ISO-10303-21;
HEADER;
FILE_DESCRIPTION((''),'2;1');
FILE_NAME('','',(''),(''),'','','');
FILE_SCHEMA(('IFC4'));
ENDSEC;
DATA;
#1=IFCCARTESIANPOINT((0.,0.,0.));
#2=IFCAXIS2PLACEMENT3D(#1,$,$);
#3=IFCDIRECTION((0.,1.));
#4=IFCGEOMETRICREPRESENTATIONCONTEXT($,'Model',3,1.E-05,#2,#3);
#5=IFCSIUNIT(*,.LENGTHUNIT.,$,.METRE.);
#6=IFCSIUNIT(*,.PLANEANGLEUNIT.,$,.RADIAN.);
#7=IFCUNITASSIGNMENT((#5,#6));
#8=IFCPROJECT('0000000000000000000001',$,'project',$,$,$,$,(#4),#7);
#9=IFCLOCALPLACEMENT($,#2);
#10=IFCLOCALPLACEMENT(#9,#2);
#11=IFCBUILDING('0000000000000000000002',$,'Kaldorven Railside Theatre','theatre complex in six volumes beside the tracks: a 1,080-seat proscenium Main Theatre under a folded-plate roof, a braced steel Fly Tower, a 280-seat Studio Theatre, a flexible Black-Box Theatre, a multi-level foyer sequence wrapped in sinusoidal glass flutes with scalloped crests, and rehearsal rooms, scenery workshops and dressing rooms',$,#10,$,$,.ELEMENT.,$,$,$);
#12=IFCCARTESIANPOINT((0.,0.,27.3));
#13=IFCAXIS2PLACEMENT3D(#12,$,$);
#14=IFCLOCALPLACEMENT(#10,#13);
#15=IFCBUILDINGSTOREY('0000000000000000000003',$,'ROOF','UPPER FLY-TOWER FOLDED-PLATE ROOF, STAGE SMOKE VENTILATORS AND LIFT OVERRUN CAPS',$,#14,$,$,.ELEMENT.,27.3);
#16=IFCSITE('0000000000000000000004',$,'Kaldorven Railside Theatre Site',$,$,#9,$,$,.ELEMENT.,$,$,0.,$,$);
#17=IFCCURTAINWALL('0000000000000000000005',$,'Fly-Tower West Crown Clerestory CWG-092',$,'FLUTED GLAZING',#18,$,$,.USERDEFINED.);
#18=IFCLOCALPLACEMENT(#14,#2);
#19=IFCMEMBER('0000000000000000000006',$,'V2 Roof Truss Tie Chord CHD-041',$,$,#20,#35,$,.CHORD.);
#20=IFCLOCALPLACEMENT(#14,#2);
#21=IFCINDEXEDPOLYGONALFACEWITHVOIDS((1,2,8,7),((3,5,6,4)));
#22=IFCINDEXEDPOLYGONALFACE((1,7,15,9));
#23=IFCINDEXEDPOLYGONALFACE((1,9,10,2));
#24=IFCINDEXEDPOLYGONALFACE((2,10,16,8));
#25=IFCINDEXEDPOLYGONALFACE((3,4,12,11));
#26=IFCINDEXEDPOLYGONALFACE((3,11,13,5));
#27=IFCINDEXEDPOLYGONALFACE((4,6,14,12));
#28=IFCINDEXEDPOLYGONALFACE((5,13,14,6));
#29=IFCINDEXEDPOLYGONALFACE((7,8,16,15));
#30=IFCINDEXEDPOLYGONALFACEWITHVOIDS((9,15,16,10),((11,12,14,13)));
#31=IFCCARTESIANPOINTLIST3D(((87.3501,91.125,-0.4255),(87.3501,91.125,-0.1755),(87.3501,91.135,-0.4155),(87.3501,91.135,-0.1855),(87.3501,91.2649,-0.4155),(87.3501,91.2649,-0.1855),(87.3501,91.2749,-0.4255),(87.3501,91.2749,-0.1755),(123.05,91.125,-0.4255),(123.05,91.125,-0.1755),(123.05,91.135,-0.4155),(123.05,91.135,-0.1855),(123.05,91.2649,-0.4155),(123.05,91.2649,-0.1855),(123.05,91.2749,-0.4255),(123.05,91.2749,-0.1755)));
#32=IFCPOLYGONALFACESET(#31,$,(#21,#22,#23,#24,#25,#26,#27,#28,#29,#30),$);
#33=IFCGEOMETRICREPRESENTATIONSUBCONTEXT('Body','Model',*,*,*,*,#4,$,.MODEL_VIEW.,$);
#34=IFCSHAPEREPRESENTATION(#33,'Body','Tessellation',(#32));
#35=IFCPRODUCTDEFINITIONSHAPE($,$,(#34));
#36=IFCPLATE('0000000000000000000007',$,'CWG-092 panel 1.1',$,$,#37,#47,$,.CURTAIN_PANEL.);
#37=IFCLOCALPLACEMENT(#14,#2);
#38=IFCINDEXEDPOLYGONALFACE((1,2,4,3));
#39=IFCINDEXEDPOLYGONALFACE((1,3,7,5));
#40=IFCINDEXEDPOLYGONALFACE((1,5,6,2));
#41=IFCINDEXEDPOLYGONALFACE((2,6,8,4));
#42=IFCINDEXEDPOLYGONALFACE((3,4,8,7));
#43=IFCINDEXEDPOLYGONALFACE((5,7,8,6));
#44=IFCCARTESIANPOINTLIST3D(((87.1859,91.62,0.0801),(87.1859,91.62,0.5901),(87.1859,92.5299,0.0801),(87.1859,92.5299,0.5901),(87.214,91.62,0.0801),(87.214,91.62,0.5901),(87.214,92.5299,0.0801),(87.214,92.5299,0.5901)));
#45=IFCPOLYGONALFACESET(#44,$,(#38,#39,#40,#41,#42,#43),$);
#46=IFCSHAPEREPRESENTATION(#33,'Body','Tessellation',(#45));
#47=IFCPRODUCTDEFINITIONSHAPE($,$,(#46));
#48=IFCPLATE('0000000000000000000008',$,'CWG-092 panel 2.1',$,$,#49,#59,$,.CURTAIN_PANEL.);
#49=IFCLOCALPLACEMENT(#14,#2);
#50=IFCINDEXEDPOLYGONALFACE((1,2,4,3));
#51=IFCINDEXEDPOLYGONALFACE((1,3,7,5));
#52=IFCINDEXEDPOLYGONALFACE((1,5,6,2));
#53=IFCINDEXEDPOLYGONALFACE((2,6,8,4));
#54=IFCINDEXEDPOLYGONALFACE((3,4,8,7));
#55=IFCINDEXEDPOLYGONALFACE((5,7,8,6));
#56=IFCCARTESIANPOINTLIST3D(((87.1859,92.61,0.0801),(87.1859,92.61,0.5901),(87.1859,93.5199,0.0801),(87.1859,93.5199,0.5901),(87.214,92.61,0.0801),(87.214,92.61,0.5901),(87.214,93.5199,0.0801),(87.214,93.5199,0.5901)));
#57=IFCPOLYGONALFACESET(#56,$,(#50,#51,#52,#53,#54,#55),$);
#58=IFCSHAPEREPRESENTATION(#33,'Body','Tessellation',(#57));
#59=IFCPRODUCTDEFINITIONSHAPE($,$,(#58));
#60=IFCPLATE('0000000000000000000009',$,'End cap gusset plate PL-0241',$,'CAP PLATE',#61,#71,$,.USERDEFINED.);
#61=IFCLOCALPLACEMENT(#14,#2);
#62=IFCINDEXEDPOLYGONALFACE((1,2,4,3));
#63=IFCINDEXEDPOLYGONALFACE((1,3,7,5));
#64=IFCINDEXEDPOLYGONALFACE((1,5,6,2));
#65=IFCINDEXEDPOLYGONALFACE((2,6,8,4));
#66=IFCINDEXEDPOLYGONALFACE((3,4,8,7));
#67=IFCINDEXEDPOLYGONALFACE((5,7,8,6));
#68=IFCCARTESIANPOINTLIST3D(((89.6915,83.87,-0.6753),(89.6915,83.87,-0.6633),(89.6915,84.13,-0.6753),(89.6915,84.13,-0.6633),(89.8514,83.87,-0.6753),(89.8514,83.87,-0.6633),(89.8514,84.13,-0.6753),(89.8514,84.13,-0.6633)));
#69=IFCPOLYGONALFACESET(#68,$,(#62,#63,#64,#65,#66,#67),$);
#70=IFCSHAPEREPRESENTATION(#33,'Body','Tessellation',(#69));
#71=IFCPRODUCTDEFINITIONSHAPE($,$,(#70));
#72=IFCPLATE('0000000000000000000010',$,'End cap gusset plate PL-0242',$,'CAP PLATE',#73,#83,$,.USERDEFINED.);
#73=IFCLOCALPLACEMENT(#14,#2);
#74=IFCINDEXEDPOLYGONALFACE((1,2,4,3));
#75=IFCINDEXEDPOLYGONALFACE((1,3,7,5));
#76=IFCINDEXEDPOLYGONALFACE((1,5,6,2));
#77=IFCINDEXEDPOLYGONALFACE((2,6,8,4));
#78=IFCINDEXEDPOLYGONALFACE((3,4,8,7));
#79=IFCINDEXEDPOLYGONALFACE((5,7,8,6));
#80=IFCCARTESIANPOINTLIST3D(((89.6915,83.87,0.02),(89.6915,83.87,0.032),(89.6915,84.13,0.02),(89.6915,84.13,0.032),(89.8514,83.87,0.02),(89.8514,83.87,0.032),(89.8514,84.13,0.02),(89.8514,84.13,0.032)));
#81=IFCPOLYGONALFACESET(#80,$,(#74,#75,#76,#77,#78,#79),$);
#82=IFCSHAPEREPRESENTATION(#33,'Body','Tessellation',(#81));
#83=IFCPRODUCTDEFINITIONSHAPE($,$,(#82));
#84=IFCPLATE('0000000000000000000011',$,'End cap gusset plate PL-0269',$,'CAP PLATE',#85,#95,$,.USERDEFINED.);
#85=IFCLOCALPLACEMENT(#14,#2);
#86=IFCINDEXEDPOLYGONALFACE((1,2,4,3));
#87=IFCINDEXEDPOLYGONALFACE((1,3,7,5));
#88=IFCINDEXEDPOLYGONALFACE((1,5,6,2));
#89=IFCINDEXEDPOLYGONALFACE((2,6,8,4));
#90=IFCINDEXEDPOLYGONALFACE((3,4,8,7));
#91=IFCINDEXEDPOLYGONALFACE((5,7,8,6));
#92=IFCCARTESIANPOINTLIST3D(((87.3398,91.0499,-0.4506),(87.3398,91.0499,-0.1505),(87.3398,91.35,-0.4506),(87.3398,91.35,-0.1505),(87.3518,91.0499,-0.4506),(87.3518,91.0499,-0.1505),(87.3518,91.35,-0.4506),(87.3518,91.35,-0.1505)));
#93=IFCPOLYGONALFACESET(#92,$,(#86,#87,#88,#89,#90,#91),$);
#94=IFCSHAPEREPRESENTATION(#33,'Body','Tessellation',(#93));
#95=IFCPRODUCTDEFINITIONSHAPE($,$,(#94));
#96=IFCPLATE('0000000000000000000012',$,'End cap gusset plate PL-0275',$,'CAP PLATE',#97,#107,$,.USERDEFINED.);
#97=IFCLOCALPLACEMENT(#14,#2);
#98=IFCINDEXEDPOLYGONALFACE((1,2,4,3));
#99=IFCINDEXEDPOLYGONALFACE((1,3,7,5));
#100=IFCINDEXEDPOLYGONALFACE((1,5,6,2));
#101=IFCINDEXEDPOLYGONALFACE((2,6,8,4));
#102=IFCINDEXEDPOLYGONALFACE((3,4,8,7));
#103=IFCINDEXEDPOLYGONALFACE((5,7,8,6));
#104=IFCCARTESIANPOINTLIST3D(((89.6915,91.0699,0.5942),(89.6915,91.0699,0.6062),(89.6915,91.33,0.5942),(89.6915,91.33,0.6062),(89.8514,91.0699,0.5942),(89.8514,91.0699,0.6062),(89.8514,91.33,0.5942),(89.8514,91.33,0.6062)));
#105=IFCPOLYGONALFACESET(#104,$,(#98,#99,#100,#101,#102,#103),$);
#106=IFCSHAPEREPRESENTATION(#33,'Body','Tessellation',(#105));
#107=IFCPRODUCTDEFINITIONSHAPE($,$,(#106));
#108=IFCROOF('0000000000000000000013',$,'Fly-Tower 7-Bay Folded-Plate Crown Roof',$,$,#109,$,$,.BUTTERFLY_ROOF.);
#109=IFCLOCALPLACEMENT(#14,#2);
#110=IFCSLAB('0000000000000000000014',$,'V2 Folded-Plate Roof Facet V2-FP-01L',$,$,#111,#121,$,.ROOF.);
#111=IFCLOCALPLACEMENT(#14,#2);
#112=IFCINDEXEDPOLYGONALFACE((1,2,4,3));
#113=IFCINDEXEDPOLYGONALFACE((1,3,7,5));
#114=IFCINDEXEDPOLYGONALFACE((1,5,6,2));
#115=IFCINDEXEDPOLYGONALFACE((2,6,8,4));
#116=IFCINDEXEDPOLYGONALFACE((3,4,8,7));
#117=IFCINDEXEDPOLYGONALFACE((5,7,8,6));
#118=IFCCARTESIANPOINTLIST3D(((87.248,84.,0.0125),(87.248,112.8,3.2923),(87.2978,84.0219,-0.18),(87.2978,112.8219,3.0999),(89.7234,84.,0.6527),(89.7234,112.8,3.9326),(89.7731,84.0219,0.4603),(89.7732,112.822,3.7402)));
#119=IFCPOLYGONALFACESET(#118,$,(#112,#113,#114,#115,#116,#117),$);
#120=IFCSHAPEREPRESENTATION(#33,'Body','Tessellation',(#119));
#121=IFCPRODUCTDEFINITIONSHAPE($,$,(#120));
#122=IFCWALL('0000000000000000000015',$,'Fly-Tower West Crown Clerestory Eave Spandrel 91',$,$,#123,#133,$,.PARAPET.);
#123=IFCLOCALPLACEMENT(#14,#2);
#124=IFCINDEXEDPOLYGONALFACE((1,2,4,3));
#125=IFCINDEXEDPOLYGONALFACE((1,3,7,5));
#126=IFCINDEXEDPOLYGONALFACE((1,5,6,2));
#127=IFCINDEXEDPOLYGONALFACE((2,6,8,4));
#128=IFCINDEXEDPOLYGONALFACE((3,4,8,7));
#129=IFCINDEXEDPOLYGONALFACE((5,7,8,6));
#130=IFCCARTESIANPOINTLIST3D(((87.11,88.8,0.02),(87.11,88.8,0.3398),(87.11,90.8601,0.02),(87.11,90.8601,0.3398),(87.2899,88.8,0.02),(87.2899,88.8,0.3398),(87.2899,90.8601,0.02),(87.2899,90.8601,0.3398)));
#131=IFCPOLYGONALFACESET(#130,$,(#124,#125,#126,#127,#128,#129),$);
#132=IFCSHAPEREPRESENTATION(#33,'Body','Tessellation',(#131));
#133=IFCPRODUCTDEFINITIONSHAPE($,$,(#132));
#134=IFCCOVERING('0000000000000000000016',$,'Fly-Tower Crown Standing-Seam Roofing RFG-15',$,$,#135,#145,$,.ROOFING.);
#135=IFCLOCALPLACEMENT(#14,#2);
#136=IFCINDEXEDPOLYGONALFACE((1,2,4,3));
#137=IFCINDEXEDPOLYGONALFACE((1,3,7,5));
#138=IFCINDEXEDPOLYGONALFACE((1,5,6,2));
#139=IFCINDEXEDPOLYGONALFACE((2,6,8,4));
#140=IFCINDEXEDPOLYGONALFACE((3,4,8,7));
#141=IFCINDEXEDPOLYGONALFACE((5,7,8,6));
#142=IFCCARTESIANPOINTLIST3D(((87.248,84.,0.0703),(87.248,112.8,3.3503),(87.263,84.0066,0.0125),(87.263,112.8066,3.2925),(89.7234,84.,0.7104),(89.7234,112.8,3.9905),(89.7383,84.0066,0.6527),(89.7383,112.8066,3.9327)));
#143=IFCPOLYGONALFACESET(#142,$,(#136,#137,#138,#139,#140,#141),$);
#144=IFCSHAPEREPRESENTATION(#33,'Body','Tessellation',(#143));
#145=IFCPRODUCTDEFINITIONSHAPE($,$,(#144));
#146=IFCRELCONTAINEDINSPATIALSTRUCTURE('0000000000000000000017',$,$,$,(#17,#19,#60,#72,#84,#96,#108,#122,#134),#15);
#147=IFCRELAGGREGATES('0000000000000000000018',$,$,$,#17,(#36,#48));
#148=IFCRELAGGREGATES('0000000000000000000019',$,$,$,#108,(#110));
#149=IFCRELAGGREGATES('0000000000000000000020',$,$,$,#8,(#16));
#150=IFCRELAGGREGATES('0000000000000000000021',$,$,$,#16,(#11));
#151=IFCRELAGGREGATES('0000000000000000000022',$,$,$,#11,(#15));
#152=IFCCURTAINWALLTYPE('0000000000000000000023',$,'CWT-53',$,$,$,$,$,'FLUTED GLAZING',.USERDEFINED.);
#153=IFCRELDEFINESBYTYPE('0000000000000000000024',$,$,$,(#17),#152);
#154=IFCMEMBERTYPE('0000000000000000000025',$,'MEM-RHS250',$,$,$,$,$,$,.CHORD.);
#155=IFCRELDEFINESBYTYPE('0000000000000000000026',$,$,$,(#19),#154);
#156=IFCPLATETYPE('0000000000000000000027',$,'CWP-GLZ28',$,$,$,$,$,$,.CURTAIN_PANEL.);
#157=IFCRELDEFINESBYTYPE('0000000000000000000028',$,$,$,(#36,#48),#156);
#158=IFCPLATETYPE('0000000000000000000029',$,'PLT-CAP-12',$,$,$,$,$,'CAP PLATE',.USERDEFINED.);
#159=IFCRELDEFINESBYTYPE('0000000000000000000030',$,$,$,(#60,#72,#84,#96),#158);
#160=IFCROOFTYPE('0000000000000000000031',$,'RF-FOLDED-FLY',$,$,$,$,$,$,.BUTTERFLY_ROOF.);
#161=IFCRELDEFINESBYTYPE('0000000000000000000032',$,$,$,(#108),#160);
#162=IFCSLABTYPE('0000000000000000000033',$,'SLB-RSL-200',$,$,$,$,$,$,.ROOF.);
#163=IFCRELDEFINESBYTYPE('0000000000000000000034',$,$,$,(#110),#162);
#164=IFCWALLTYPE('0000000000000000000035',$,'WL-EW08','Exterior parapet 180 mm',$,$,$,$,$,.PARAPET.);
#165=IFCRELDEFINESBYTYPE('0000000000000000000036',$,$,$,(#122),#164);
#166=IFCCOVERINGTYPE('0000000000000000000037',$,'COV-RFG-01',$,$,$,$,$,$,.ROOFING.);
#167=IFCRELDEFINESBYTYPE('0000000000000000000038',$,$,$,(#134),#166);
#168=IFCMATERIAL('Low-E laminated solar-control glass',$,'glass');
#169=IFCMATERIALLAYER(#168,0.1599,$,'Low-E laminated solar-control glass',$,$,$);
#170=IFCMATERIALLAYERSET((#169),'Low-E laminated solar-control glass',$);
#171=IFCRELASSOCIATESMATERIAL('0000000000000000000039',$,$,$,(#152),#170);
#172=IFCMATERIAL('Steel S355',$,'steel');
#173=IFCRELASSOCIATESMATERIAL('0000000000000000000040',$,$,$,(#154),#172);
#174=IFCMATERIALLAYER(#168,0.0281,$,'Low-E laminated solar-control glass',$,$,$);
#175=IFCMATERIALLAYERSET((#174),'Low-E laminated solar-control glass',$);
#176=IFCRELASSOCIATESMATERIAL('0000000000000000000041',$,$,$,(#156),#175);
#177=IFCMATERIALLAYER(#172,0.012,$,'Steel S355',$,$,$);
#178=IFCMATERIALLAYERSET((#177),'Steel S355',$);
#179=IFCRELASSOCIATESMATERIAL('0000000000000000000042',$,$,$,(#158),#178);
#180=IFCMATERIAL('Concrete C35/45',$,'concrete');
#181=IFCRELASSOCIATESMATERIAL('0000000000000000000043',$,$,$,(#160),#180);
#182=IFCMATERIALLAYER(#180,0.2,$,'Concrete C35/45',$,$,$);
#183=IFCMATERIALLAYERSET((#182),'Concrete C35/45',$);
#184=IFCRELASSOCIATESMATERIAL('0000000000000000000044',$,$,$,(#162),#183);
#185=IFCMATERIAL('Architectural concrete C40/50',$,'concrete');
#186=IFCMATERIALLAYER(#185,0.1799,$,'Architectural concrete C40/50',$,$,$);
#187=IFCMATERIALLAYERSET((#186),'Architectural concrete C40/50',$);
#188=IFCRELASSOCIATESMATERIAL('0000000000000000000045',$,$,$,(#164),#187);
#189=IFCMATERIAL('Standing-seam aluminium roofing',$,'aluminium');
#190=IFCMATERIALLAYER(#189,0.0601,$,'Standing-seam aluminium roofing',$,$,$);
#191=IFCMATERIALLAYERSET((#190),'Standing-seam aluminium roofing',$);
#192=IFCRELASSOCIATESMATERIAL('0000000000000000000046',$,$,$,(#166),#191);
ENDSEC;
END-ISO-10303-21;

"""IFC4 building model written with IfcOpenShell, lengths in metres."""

from ifc_helpers import new_model, si_unit, direction, frame, frame_2d, origin, origin_2d, place, context, subcontext, project, spatial, polyline, rectangle, hollow_rectangle, outline, extrude, material, layer, layer_set, material_profile, profile_set, type_object, element, aggregate, save


model = new_model("IFC4")

# Units and contexts
model_context = context("Model", 3, precision=1e-05, world=origin(), true_north=direction((0.0, 1.0)))
body_context = subcontext(model_context, "Body", "Model", "MODEL_VIEW")
ifc_project = project(units=[si_unit("LENGTHUNIT", "METRE"), si_unit("PLANEANGLEUNIT", "RADIAN")], contexts=[model_context])

# Site, building, storey
site_placement = place(None, origin())
site = spatial("IfcSite", under=ifc_project, at=site_placement, Name="Kaldorven Railside Theatre Site", CompositionType="ELEMENT", RefElevation=0.0)
building_placement = place(site_placement, origin())
building = spatial("IfcBuilding", under=site, at=building_placement, Name="Kaldorven Railside Theatre", Description="theatre complex in six volumes beside the tracks: a 1,080-seat proscenium Main Theatre under a folded-plate roof, a braced steel Fly Tower, a 280-seat Studio Theatre, a flexible Black-Box Theatre, a multi-level foyer sequence wrapped in sinusoidal glass flutes with scalloped crests, and rehearsal rooms, scenery workshops and dressing rooms", CompositionType="ELEMENT")
storey_placement = place(building_placement, frame((0.0, 0.0, 27.3)))
storey = spatial("IfcBuildingStorey", under=building, at=storey_placement, Name="ROOF", Description="UPPER FLY-TOWER FOLDED-PLATE ROOF, STAGE SMOKE VENTILATORS AND LIFT OVERRUN CAPS", CompositionType="ELEMENT", Elevation=27.3)

# Shared definitions
ifc_material_1 = material(Name="Steel S355", Category="steel")

# Curtain wall
ifc_material_2 = material(Name="Low-E laminated solar-control glass", Category="glass")
ifc_layer_1 = layer(ifc_material_2, 0.1599, Name="Low-E laminated solar-control glass")
ifc_layer_set_1 = layer_set([ifc_layer_1], Name="Low-E laminated solar-control glass")
curtain_wall_type_1 = type_object("IfcCurtainWallType", Name="CWT-53", ElementType="FLUTED GLAZING", PredefinedType="USERDEFINED", material=ifc_layer_set_1)
curtain_wall_1_placement = place(storey_placement, origin())
curtain_wall_1 = element("IfcCurtainWall", 1, at=curtain_wall_1_placement, inside=storey, type_object=curtain_wall_type_1, Name="Fly-Tower West Crown Clerestory CWG-092", ObjectType="FLUTED GLAZING", PredefinedType="USERDEFINED")

# Member
ifc_material_profile_1 = material_profile(ifc_material_1, hollow_rectangle(XDim=0.1499, YDim=0.25, WallThickness=0.01, at=origin_2d()), Name="RHS 250x150x10")
ifc_profile_set_1 = profile_set([ifc_material_profile_1], Name="Steel S355")
member_type_1 = type_object("IfcMemberType", Name="MEM-RHS250", PredefinedType="CHORD", material=ifc_profile_set_1)
member_1_placement = place(storey_placement, frame((87.3501, 91.2, -0.3005), z_axis=(1.0, 0.0, 0.0), x_axis=(0.0, 1.0, 0.0)))
element("IfcMember", 2, at=member_1_placement, inside=storey, type_object=member_type_1, Name="V2 Roof Truss Tie Chord CHD-041", PredefinedType="CHORD", context=body_context, shape_type="SweptSolid", body=[
    extrude(hollow_rectangle(XDim=0.1499, YDim=0.25, WallThickness=0.01, at=origin_2d()), origin(), (0.0, 0.0, 1.0), 35.7),
])

# Plates
ifc_layer_2 = layer(ifc_material_2, 0.0281, Name="Low-E laminated solar-control glass")
ifc_layer_set_2 = layer_set([ifc_layer_2], Name="Low-E laminated solar-control glass")
plate_type_1 = type_object("IfcPlateType", Name="CWP-GLZ28", PredefinedType="CURTAIN_PANEL", material=ifc_layer_set_2)
plate_1_placement = place(storey_placement, frame((87.2, 92.075, 0.0801), z_axis=(0.0, 0.0, 1.0), x_axis=(0.0, 1.0, 0.0)))
plate_1 = element("IfcPlate", 3, at=plate_1_placement, type_object=plate_type_1, Name="CWG-092 panel 1.1", PredefinedType="CURTAIN_PANEL", context=body_context, shape_type="SweptSolid", body=[
    extrude(rectangle(XDim=0.9099, YDim=0.0281, at=origin_2d()), origin(), (0.0, 0.0, 1.0), 0.51),
])
plate_2_placement = place(storey_placement, frame((87.2, 93.0649, 0.0801), z_axis=(0.0, 0.0, 1.0), x_axis=(0.0, 1.0, 0.0)))
plate_2 = element("IfcPlate", 4, at=plate_2_placement, type_object=plate_type_1, Name="CWG-092 panel 2.1", PredefinedType="CURTAIN_PANEL", context=body_context, shape_type="SweptSolid", body=[
    extrude(rectangle(XDim=0.9099, YDim=0.0281, at=origin_2d()), origin(), (0.0, 0.0, 1.0), 0.51),
])
aggregate(curtain_wall_1, [plate_1, plate_2])

# Plates
ifc_layer_3 = layer(ifc_material_1, 0.012, Name="Steel S355")
ifc_layer_set_3 = layer_set([ifc_layer_3], Name="Steel S355")
plate_type_2 = type_object("IfcPlateType", Name="PLT-CAP-12", ElementType="CAP PLATE", PredefinedType="USERDEFINED", material=ifc_layer_set_3)
for number, where, z_axis, x_axis, name in (
    (5, (89.7715, 84.0, -0.6753), (0.0, 0.0, 1.0), (1.0, 0.0, 0.0), "End cap gusset plate PL-0241"),
    (6, (89.7715, 84.0, 0.02), (0.0, 0.0, 1.0), (1.0, 0.0, 0.0), "End cap gusset plate PL-0242"),
):
    element("IfcPlate", number, at=place(storey_placement, frame(where, z_axis=z_axis, x_axis=x_axis)), inside=storey, type_object=plate_type_2, Name=name, ObjectType="CAP PLATE", PredefinedType="USERDEFINED", context=body_context, shape_type="SweptSolid", body=[
        extrude(rectangle(XDim=0.1599, YDim=0.26, at=origin_2d()), origin(), (0.0, 0.0, 1.0), 0.012),
    ])
plate_3_placement = place(storey_placement, frame((87.3398, 91.2, -0.3005), z_axis=(1.0, 0.0, 0.0), x_axis=(0.0, 1.0, 0.0)))
element("IfcPlate", 7, at=plate_3_placement, inside=storey, type_object=plate_type_2, Name="End cap gusset plate PL-0269", ObjectType="CAP PLATE", PredefinedType="USERDEFINED", context=body_context, shape_type="SweptSolid", body=[
    extrude(rectangle(XDim=0.3, YDim=0.3, at=origin_2d()), origin(), (0.0, 0.0, 1.0), 0.012),
])
plate_4_placement = place(storey_placement, frame((89.7715, 91.2, 0.5942), z_axis=(0.0, 0.0, 1.0), x_axis=(1.0, 0.0, 0.0)))
element("IfcPlate", 8, at=plate_4_placement, inside=storey, type_object=plate_type_2, Name="End cap gusset plate PL-0275", ObjectType="CAP PLATE", PredefinedType="USERDEFINED", context=body_context, shape_type="SweptSolid", body=[
    extrude(rectangle(XDim=0.1599, YDim=0.26, at=origin_2d()), origin(), (0.0, 0.0, 1.0), 0.012),
])

# Roof, slab
ifc_material_3 = material(Name="Concrete C35/45", Category="concrete")
roof_type = type_object("IfcRoofType", Name="RF-FOLDED-FLY", PredefinedType="BUTTERFLY_ROOF", material=ifc_material_3)
roof_placement = place(storey_placement, origin())
roof = element("IfcRoof", 9, at=roof_placement, inside=storey, type_object=roof_type, Name="Fly-Tower 7-Bay Folded-Plate Crown Roof", PredefinedType="BUTTERFLY_ROOF")
ifc_layer_4 = layer(ifc_material_3, 0.2, Name="Concrete C35/45")
ifc_layer_set_4 = layer_set([ifc_layer_4], Name="Concrete C35/45")
slab_type = type_object("IfcSlabType", Name="SLB-RSL-200", PredefinedType="ROOF", material=ifc_layer_set_4)
slab_placement = place(storey_placement, frame((87.248, 84.0, 0.0125), z_axis=(-0.248905, -0.109593, 0.962307), x_axis=(0.968139, -0.000005, 0.250413)))
slab = element("IfcSlab", 10, at=slab_placement, type_object=slab_type, Name="V2 Folded-Plate Roof Facet V2-FP-01L", PredefinedType="ROOF", context=body_context, shape_type="SweptSolid", body=[
    extrude(outline(polyline([(0.0, 0.0), (2.5568, 0.0), (3.378, 28.9746), (0.8212, 28.9746), (0.0, 0.0)])), origin(), (0.0, 0.0, -1.0), 0.2),
])
aggregate(roof, [slab])

# Wall
ifc_material_4 = material(Name="Architectural concrete C40/50", Category="concrete")
ifc_layer_5 = layer(ifc_material_4, 0.1799, Name="Architectural concrete C40/50")
ifc_layer_set_5 = layer_set([ifc_layer_5], Name="Architectural concrete C40/50")
wall_type = type_object("IfcWallType", Name="WL-EW08", Description="Exterior parapet 180 mm", PredefinedType="PARAPET", material=ifc_layer_set_5)
wall_placement = place(storey_placement, frame((87.2, 88.8, 0.02), z_axis=(0.0, 0.0, 1.0), x_axis=(0.0, 1.0, 0.0)))
element("IfcWall", 11, at=wall_placement, inside=storey, type_object=wall_type, Name="Fly-Tower West Crown Clerestory Eave Spandrel 91", PredefinedType="PARAPET", context=body_context, shape_type="SweptSolid", body=[
    extrude(rectangle(XDim=2.0601, YDim=0.1799, at=frame_2d((1.03, 0.0))), origin(), (0.0, 0.0, 1.0), 0.3198),
])

# Covering
ifc_material_5 = material(Name="Standing-seam aluminium roofing", Category="aluminium")
ifc_layer_6 = layer(ifc_material_5, 0.0601, Name="Standing-seam aluminium roofing")
ifc_layer_set_6 = layer_set([ifc_layer_6], Name="Standing-seam aluminium roofing")
covering_type = type_object("IfcCoveringType", Name="COV-RFG-01", PredefinedType="ROOFING", material=ifc_layer_set_6)
covering_placement = place(storey_placement, frame((87.248, 84.0, 0.0703), z_axis=(-0.248861, -0.109598, 0.962318), x_axis=(0.968151, 0.0, 0.250369)))
element("IfcCovering", 12, at=covering_placement, inside=storey, type_object=covering_type, Name="Fly-Tower Crown Standing-Seam Roofing RFG-15", PredefinedType="ROOFING", context=body_context, shape_type="SweptSolid", body=[
    extrude(outline(polyline([(0.0, 0.0), (2.5568, 0.0), (3.378, 28.9746), (0.8212, 28.9746), (0.0, 0.0)])), origin(), (0.0, 0.0, -1.0), 0.0601),
])

save(model, "model.ifc")
